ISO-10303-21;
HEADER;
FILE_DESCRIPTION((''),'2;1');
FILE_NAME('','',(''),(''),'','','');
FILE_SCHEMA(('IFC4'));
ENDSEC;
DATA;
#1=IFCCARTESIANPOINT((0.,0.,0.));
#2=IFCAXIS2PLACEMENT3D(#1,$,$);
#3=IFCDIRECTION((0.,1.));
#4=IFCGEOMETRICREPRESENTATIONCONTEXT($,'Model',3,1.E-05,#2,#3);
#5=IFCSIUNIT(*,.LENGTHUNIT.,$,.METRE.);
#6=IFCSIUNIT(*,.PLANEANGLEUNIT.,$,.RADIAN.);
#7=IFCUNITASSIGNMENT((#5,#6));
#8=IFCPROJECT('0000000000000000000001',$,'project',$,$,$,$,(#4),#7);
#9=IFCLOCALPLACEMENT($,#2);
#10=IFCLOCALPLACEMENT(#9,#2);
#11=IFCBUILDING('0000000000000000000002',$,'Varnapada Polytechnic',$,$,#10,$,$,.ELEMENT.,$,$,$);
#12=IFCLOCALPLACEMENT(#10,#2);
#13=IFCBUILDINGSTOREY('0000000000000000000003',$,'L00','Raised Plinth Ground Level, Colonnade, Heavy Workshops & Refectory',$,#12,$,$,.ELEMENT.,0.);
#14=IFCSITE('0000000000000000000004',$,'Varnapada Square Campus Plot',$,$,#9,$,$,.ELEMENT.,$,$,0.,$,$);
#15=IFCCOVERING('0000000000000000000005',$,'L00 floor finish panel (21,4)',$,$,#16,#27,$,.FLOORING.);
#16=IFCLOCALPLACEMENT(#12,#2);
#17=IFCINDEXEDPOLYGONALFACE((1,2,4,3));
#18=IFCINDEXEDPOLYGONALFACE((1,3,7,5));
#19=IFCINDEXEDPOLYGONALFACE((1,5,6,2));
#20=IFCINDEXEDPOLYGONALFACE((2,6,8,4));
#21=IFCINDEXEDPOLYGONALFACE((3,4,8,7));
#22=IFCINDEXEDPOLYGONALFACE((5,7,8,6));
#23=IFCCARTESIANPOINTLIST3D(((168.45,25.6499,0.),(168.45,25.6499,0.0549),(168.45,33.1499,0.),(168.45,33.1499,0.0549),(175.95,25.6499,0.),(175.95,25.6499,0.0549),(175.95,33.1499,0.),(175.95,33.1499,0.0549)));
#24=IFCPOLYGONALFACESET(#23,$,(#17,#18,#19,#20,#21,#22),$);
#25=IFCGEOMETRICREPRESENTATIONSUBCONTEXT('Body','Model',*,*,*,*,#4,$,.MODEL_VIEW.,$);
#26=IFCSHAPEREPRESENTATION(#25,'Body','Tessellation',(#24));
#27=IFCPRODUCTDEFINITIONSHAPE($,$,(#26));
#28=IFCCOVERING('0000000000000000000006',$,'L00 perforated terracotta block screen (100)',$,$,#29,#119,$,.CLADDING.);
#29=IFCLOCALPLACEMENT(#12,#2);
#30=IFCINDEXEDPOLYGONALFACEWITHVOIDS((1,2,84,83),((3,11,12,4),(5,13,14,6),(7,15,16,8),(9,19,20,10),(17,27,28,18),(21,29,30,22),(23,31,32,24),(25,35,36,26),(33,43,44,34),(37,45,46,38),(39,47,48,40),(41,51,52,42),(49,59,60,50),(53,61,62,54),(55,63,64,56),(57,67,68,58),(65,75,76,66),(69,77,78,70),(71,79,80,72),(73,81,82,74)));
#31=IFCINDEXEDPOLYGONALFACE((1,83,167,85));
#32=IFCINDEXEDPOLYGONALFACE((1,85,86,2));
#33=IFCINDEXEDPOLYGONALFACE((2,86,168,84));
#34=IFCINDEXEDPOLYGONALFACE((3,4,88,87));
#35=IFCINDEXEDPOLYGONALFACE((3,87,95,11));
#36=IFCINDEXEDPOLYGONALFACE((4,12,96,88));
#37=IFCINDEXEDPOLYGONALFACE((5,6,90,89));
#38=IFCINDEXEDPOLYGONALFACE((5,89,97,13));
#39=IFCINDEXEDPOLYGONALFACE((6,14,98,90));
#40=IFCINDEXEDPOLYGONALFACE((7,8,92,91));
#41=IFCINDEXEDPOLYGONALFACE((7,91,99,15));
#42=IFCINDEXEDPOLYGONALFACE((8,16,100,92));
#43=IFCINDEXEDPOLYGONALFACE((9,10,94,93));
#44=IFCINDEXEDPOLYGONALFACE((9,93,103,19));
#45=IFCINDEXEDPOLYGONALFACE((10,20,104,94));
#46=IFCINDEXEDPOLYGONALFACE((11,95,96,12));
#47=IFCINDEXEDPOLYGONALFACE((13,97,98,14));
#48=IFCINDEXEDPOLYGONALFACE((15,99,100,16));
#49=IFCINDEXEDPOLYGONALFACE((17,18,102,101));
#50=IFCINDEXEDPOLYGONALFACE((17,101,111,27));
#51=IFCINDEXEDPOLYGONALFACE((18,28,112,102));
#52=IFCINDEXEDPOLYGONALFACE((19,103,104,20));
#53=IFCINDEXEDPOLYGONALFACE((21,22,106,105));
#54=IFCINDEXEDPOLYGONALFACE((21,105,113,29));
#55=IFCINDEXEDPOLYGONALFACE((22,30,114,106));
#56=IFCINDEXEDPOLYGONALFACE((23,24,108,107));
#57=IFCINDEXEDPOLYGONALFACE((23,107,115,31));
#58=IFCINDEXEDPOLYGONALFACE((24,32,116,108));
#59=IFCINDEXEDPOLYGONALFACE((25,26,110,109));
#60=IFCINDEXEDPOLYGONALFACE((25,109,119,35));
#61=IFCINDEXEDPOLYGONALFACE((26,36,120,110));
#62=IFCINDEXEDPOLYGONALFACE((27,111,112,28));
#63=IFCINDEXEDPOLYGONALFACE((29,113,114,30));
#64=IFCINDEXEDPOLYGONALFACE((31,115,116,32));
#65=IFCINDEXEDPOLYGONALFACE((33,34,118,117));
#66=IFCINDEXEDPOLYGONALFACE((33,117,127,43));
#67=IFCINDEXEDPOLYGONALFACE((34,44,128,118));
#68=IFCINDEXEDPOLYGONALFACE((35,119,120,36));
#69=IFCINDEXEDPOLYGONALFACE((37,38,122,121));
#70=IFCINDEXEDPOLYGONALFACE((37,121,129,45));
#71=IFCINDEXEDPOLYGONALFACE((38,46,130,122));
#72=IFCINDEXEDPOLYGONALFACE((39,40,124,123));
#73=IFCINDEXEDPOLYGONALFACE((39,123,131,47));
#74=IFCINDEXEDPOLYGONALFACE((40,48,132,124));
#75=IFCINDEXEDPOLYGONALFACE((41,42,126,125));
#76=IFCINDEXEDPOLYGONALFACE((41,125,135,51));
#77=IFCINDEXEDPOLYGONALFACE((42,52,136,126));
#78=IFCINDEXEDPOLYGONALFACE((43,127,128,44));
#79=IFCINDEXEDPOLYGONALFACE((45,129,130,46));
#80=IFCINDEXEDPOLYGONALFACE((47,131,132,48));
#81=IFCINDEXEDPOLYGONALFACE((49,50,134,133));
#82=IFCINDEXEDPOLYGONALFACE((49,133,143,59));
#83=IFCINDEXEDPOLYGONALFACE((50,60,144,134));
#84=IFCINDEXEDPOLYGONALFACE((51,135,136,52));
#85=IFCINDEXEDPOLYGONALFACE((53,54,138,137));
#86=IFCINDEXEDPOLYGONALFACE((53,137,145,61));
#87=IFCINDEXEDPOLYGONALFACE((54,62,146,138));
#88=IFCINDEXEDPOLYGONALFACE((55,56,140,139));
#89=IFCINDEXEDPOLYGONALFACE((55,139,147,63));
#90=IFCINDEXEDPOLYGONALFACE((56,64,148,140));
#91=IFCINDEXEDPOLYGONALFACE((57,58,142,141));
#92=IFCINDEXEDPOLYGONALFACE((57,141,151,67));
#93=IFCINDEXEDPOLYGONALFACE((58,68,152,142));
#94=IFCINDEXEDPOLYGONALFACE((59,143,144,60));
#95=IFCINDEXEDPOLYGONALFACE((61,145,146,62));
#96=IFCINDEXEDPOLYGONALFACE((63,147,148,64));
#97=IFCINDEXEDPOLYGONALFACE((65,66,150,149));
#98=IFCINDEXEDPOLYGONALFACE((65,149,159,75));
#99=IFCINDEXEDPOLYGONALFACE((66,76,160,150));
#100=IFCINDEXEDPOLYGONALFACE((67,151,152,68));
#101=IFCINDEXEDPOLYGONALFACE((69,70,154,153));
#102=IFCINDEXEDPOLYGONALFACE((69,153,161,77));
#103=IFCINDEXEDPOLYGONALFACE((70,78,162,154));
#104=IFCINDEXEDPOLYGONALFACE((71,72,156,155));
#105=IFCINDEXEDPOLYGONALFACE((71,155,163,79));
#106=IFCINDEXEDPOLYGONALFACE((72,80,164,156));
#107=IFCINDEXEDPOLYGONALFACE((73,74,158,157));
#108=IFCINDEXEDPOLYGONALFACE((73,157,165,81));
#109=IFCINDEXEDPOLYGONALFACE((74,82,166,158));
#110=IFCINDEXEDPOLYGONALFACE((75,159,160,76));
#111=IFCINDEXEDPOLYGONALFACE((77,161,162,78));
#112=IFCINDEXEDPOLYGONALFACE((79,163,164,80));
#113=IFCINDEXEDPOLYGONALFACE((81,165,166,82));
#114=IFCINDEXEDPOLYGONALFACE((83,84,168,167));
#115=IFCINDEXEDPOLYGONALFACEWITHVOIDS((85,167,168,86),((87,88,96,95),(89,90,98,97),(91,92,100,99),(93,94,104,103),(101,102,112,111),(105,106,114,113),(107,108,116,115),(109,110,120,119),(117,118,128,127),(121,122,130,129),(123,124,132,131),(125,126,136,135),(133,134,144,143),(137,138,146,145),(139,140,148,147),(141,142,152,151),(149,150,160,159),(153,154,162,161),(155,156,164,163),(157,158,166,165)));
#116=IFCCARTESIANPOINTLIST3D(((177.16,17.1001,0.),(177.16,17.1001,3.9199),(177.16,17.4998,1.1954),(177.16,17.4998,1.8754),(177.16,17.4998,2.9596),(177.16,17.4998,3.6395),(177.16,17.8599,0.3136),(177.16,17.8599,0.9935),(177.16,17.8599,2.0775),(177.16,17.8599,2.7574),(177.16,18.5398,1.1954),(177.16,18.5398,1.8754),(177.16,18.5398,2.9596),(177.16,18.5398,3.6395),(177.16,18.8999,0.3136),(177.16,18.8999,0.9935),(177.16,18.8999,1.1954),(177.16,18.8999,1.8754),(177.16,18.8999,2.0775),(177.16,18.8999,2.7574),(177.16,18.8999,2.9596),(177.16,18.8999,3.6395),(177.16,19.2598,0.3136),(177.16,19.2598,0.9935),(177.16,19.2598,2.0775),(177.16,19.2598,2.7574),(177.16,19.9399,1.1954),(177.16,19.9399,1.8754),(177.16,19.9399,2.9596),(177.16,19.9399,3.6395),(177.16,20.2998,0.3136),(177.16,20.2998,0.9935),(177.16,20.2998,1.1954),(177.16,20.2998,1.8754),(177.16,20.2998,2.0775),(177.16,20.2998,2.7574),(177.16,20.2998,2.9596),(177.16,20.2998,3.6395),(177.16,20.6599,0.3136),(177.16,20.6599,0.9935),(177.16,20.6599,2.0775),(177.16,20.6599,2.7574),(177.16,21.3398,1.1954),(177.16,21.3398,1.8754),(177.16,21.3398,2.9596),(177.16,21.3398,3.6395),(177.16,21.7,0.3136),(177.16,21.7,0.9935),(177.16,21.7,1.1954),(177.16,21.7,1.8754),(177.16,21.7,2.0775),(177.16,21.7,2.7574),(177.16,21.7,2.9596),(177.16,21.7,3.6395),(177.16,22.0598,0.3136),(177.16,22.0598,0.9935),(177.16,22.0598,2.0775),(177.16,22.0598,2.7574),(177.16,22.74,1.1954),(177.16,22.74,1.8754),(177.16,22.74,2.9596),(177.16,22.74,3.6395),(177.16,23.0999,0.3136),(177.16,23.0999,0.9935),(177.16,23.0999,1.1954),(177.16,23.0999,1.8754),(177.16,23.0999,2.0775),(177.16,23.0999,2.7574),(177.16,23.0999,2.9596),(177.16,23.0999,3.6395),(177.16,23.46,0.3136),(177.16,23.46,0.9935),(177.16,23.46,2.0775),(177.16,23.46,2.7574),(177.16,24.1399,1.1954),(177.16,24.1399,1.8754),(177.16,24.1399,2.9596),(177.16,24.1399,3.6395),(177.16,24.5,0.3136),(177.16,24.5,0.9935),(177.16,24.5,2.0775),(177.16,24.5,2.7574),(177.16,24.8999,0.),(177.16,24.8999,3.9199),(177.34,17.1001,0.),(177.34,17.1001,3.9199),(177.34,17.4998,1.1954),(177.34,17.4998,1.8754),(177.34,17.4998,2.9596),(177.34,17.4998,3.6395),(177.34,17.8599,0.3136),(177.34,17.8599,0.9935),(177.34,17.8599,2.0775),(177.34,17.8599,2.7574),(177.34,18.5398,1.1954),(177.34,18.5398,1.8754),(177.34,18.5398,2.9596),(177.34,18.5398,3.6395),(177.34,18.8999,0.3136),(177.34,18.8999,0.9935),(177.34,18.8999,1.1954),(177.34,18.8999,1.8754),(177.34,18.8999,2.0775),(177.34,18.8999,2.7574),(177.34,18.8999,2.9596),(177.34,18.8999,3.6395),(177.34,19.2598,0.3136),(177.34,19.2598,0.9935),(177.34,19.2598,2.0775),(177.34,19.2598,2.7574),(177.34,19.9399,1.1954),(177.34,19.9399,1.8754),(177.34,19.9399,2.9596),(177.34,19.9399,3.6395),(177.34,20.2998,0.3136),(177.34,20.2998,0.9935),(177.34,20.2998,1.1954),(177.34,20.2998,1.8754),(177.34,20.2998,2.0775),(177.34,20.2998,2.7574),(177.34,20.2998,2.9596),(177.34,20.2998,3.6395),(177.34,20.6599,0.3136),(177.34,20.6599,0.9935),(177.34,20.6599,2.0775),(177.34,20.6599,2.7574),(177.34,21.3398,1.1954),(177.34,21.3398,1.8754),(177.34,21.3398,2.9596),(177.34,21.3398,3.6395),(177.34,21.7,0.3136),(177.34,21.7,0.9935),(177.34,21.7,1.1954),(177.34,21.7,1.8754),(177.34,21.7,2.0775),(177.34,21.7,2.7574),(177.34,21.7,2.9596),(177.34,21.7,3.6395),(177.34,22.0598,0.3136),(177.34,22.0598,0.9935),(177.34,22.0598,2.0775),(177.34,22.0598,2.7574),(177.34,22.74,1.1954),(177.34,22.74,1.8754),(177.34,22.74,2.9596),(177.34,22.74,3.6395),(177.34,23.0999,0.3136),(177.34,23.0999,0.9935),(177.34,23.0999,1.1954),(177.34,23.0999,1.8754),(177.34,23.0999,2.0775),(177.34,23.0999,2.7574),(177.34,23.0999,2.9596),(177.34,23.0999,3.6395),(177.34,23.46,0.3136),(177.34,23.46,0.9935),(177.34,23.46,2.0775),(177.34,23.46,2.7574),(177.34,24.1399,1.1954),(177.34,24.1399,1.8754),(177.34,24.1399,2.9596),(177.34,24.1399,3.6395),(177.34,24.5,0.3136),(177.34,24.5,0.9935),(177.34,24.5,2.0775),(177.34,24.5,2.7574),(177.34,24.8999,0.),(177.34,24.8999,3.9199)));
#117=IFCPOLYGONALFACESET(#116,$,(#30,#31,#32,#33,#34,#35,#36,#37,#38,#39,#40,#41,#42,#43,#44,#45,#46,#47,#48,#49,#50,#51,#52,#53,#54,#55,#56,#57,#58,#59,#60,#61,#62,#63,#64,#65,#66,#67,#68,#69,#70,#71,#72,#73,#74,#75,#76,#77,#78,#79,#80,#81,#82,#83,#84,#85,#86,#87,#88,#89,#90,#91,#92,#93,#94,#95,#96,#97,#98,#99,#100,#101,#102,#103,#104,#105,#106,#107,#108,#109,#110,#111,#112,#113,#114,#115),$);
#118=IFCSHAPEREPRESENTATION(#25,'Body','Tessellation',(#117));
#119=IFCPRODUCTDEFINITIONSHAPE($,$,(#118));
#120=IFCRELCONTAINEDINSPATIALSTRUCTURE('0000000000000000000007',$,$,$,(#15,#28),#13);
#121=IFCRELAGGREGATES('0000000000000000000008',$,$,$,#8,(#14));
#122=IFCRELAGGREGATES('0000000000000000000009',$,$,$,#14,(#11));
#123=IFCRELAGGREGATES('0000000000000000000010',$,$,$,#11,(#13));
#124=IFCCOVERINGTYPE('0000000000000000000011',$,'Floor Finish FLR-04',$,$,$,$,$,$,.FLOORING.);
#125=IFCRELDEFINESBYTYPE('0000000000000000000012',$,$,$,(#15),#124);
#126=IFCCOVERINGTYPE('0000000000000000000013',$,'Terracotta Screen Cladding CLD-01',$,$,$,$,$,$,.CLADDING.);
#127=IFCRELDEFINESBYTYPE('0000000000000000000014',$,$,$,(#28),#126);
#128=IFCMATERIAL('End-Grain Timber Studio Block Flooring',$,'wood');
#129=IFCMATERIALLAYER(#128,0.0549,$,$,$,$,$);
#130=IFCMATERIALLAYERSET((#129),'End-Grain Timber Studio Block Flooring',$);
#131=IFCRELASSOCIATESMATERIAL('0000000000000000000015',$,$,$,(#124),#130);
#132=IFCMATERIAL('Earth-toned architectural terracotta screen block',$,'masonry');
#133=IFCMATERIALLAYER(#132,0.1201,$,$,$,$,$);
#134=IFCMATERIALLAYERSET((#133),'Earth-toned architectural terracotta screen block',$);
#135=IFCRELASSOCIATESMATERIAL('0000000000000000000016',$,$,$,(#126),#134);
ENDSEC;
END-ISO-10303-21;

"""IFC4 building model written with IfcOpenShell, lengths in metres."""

from ifc_helpers import new_model, si_unit, direction, frame, frame_2d, origin, origin_2d, place, context, subcontext, project, spatial, rectangle, extrude, material, layer, layer_set, type_object, element, save


model = new_model("IFC4")

# Units and contexts
model_context = context("Model", 3, precision=1e-05, world=origin(), true_north=direction((0.0, 1.0)))
body_context = subcontext(model_context, "Body", "Model", "MODEL_VIEW")
ifc_project = project(units=[si_unit("LENGTHUNIT", "METRE"), si_unit("PLANEANGLEUNIT", "RADIAN")], contexts=[model_context])

# Site, building, storey
site_placement = place(None, origin())
site = spatial("IfcSite", under=ifc_project, at=site_placement, Name="Varnapada Square Campus Plot", CompositionType="ELEMENT", RefElevation=0.0)
building_placement = place(site_placement, origin())
building = spatial("IfcBuilding", under=site, at=building_placement, Name="Varnapada Polytechnic", CompositionType="ELEMENT")
storey_placement = place(building_placement, origin())
storey = spatial("IfcBuildingStorey", under=building, at=storey_placement, Name="L00", Description="Raised Plinth Ground Level, Colonnade, Heavy Workshops & Refectory", CompositionType="ELEMENT", Elevation=0.0)

# Covering
ifc_material_1 = material(Name="End-Grain Timber Studio Block Flooring", Category="wood")
ifc_layer_1 = layer(ifc_material_1, 0.0549)
ifc_layer_set_1 = layer_set([ifc_layer_1], Name="End-Grain Timber Studio Block Flooring")
covering_type_1 = type_object("IfcCoveringType", Name="Floor Finish FLR-04", PredefinedType="FLOORING", material=ifc_layer_set_1)
covering_1_placement = place(storey_placement, frame((172.2, 29.3999, 0.0), z_axis=(0.0, 0.0, 1.0), x_axis=(1.0, 0.0, 0.0)))
element("IfcCovering", 1, at=covering_1_placement, inside=storey, type_object=covering_type_1, Name="L00 floor finish panel (21,4)", PredefinedType="FLOORING", context=body_context, shape_type="SweptSolid", body=[
    extrude(rectangle(XDim=7.5, YDim=7.5, at=origin_2d()), origin(), (0.0, 0.0, 1.0), 0.0549),
])

# Covering, openings
ifc_material_2 = material(Name="Earth-toned architectural terracotta screen block", Category="masonry")
ifc_layer_2 = layer(ifc_material_2, 0.1201)
ifc_layer_set_2 = layer_set([ifc_layer_2], Name="Earth-toned architectural terracotta screen block")
covering_type_2 = type_object("IfcCoveringType", Name="Terracotta Screen Cladding CLD-01", PredefinedType="CLADDING", material=ifc_layer_set_2)
covering_2_placement = place(storey_placement, frame((177.25, 24.8999, 0.0), z_axis=(0.0, 0.0, 1.0), x_axis=(0.0, -1.0, 0.0)))
covering_2 = element("IfcCovering", 2, at=covering_2_placement, inside=storey, type_object=covering_type_2, Name="L00 perforated terracotta block screen (100)", PredefinedType="CLADDING", context=body_context, shape_type="SweptSolid", body=[
    extrude(rectangle(XDim=7.7998, YDim=0.1799, at=frame_2d((3.8999, 0.0))), origin(), (0.0, 0.0, 1.0), 3.9199),
])
opening_1_placement = place(covering_2_placement, frame((0.3999, 0.0, 0.3137)))
element("IfcOpeningElement", 3, at=opening_1_placement, cuts=covering_2, PredefinedType="OPENING", context=body_context, shape_type="SweptSolid", body=[
    extrude(rectangle(XDim=1.04, YDim=0.6799, at=frame_2d((0.52, 0.3398))), frame((0.0, 0.0999, 0.0), z_axis=(0.0, -1.0, 0.0), x_axis=(1.0, 0.0, 0.0)), (0.0, 0.0, 1.0), 0.2),
])
opening_2_placement = place(covering_2_placement, frame((1.8, 0.0, 0.3137)))
element("IfcOpeningElement", 4, at=opening_2_placement, cuts=covering_2, PredefinedType="OPENING", context=body_context, shape_type="SweptSolid", body=[
    extrude(rectangle(XDim=1.04, YDim=0.6799, at=frame_2d((0.52, 0.3398))), frame((0.0, 0.0999, 0.0), z_axis=(0.0, -1.0, 0.0), x_axis=(1.0, 0.0, 0.0)), (0.0, 0.0, 1.0), 0.2),
])
opening_3_placement = place(covering_2_placement, frame((3.2, 0.0, 0.3137)))
element("IfcOpeningElement", 5, at=opening_3_placement, cuts=covering_2, PredefinedType="OPENING", context=body_context, shape_type="SweptSolid", body=[
    extrude(rectangle(XDim=1.04, YDim=0.6799, at=frame_2d((0.52, 0.3398))), frame((0.0, 0.0999, 0.0), z_axis=(0.0, -1.0, 0.0), x_axis=(1.0, 0.0, 0.0)), (0.0, 0.0, 1.0), 0.2),
])
opening_4_placement = place(covering_2_placement, frame((4.6001, 0.0, 0.3137)))
element("IfcOpeningElement", 6, at=opening_4_placement, cuts=covering_2, PredefinedType="OPENING", context=body_context, shape_type="SweptSolid", body=[
    extrude(rectangle(XDim=1.04, YDim=0.6799, at=frame_2d((0.52, 0.3398))), frame((0.0, 0.0999, 0.0), z_axis=(0.0, -1.0, 0.0), x_axis=(1.0, 0.0, 0.0)), (0.0, 0.0, 1.0), 0.2),
])
opening_5_placement = place(covering_2_placement, frame((6.0, 0.0, 0.3137)))
element("IfcOpeningElement", 7, at=opening_5_placement, cuts=covering_2, PredefinedType="OPENING", context=body_context, shape_type="SweptSolid", body=[
    extrude(rectangle(XDim=1.04, YDim=0.6799, at=frame_2d((0.52, 0.3398))), frame((0.0, 0.0999, 0.0), z_axis=(0.0, -1.0, 0.0), x_axis=(1.0, 0.0, 0.0)), (0.0, 0.0, 1.0), 0.2),
])
opening_6_placement = place(covering_2_placement, frame((0.76, 0.0, 1.1956)))
element("IfcOpeningElement", 8, at=opening_6_placement, cuts=covering_2, PredefinedType="OPENING", context=body_context, shape_type="SweptSolid", body=[
    extrude(rectangle(XDim=1.04, YDim=0.6799, at=frame_2d((0.52, 0.3398))), frame((0.0, 0.0999, 0.0), z_axis=(0.0, -1.0, 0.0), x_axis=(1.0, 0.0, 0.0)), (0.0, 0.0, 1.0), 0.2),
])
opening_7_placement = place(covering_2_placement, frame((2.1599, 0.0, 1.1956)))
element("IfcOpeningElement", 9, at=opening_7_placement, cuts=covering_2, PredefinedType="OPENING", context=body_context, shape_type="SweptSolid", body=[
    extrude(rectangle(XDim=1.04, YDim=0.6799, at=frame_2d((0.52, 0.3398))), frame((0.0, 0.0999, 0.0), z_axis=(0.0, -1.0, 0.0), x_axis=(1.0, 0.0, 0.0)), (0.0, 0.0, 1.0), 0.2),
])
opening_8_placement = place(covering_2_placement, frame((3.5601, 0.0, 1.1956)))
element("IfcOpeningElement", 10, at=opening_8_placement, cuts=covering_2, PredefinedType="OPENING", context=body_context, shape_type="SweptSolid", body=[
    extrude(rectangle(XDim=1.04, YDim=0.6799, at=frame_2d((0.52, 0.3398))), frame((0.0, 0.0999, 0.0), z_axis=(0.0, -1.0, 0.0), x_axis=(1.0, 0.0, 0.0)), (0.0, 0.0, 1.0), 0.2),
])
opening_9_placement = place(covering_2_placement, frame((4.96, 0.0, 1.1956)))
element("IfcOpeningElement", 11, at=opening_9_placement, cuts=covering_2, PredefinedType="OPENING", context=body_context, shape_type="SweptSolid", body=[
    extrude(rectangle(XDim=1.04, YDim=0.6799, at=frame_2d((0.52, 0.3398))), frame((0.0, 0.0999, 0.0), z_axis=(0.0, -1.0, 0.0), x_axis=(1.0, 0.0, 0.0)), (0.0, 0.0, 1.0), 0.2),
])
opening_10_placement = place(covering_2_placement, frame((6.3601, 0.0, 1.1956)))
element("IfcOpeningElement", 12, at=opening_10_placement, cuts=covering_2, PredefinedType="OPENING", context=body_context, shape_type="SweptSolid", body=[
    extrude(rectangle(XDim=1.04, YDim=0.6799, at=frame_2d((0.52, 0.3398))), frame((0.0, 0.0999, 0.0), z_axis=(0.0, -1.0, 0.0), x_axis=(1.0, 0.0, 0.0)), (0.0, 0.0, 1.0), 0.2),
])
opening_11_placement = place(covering_2_placement, frame((0.3999, 0.0, 2.0776)))
element("IfcOpeningElement", 13, at=opening_11_placement, cuts=covering_2, PredefinedType="OPENING", context=body_context, shape_type="SweptSolid", body=[
    extrude(rectangle(XDim=1.04, YDim=0.6799, at=frame_2d((0.52, 0.3398))), frame((0.0, 0.0999, 0.0), z_axis=(0.0, -1.0, 0.0), x_axis=(1.0, 0.0, 0.0)), (0.0, 0.0, 1.0), 0.2),
])
opening_12_placement = place(covering_2_placement, frame((1.8, 0.0, 2.0776)))
element("IfcOpeningElement", 14, at=opening_12_placement, cuts=covering_2, PredefinedType="OPENING", context=body_context, shape_type="SweptSolid", body=[
    extrude(rectangle(XDim=1.04, YDim=0.6799, at=frame_2d((0.52, 0.3398))), frame((0.0, 0.0999, 0.0), z_axis=(0.0, -1.0, 0.0), x_axis=(1.0, 0.0, 0.0)), (0.0, 0.0, 1.0), 0.2),
])
opening_13_placement = place(covering_2_placement, frame((3.2, 0.0, 2.0776)))
element("IfcOpeningElement", 15, at=opening_13_placement, cuts=covering_2, PredefinedType="OPENING", context=body_context, shape_type="SweptSolid", body=[
    extrude(rectangle(XDim=1.04, YDim=0.6799, at=frame_2d((0.52, 0.3398))), frame((0.0, 0.0999, 0.0), z_axis=(0.0, -1.0, 0.0), x_axis=(1.0, 0.0, 0.0)), (0.0, 0.0, 1.0), 0.2),
])
opening_14_placement = place(covering_2_placement, frame((4.6001, 0.0, 2.0776)))
element("IfcOpeningElement", 16, at=opening_14_placement, cuts=covering_2, PredefinedType="OPENING", context=body_context, shape_type="SweptSolid", body=[
    extrude(rectangle(XDim=1.04, YDim=0.6799, at=frame_2d((0.52, 0.3398))), frame((0.0, 0.0999, 0.0), z_axis=(0.0, -1.0, 0.0), x_axis=(1.0, 0.0, 0.0)), (0.0, 0.0, 1.0), 0.2),
])
opening_15_placement = place(covering_2_placement, frame((6.0, 0.0, 2.0776)))
element("IfcOpeningElement", 17, at=opening_15_placement, cuts=covering_2, PredefinedType="OPENING", context=body_context, shape_type="SweptSolid", body=[
    extrude(rectangle(XDim=1.04, YDim=0.6799, at=frame_2d((0.52, 0.3398))), frame((0.0, 0.0999, 0.0), z_axis=(0.0, -1.0, 0.0), x_axis=(1.0, 0.0, 0.0)), (0.0, 0.0, 1.0), 0.2),
])
opening_16_placement = place(covering_2_placement, frame((0.76, 0.0, 2.9597)))
element("IfcOpeningElement", 18, at=opening_16_placement, cuts=covering_2, PredefinedType="OPENING", context=body_context, shape_type="SweptSolid", body=[
    extrude(rectangle(XDim=1.04, YDim=0.6799, at=frame_2d((0.52, 0.3398))), frame((0.0, 0.0999, 0.0), z_axis=(0.0, -1.0, 0.0), x_axis=(1.0, 0.0, 0.0)), (0.0, 0.0, 1.0), 0.2),
])
opening_17_placement = place(covering_2_placement, frame((2.1599, 0.0, 2.9597)))
element("IfcOpeningElement", 19, at=opening_17_placement, cuts=covering_2, PredefinedType="OPENING", context=body_context, shape_type="SweptSolid", body=[
    extrude(rectangle(XDim=1.04, YDim=0.6799, at=frame_2d((0.52, 0.3398))), frame((0.0, 0.0999, 0.0), z_axis=(0.0, -1.0, 0.0), x_axis=(1.0, 0.0, 0.0)), (0.0, 0.0, 1.0), 0.2),
])
opening_18_placement = place(covering_2_placement, frame((3.5601, 0.0, 2.9597)))
element("IfcOpeningElement", 20, at=opening_18_placement, cuts=covering_2, PredefinedType="OPENING", context=body_context, shape_type="SweptSolid", body=[
    extrude(rectangle(XDim=1.04, YDim=0.6799, at=frame_2d((0.52, 0.3398))), frame((0.0, 0.0999, 0.0), z_axis=(0.0, -1.0, 0.0), x_axis=(1.0, 0.0, 0.0)), (0.0, 0.0, 1.0), 0.2),
])
opening_19_placement = place(covering_2_placement, frame((4.96, 0.0, 2.9597)))
element("IfcOpeningElement", 21, at=opening_19_placement, cuts=covering_2, PredefinedType="OPENING", context=body_context, shape_type="SweptSolid", body=[
    extrude(rectangle(XDim=1.04, YDim=0.6799, at=frame_2d((0.52, 0.3398))), frame((0.0, 0.0999, 0.0), z_axis=(0.0, -1.0, 0.0), x_axis=(1.0, 0.0, 0.0)), (0.0, 0.0, 1.0), 0.2),
])
opening_20_placement = place(covering_2_placement, frame((6.3601, 0.0, 2.9597)))
element("IfcOpeningElement", 22, at=opening_20_placement, cuts=covering_2, PredefinedType="OPENING", context=body_context, shape_type="SweptSolid", body=[
    extrude(rectangle(XDim=1.04, YDim=0.6799, at=frame_2d((0.52, 0.3398))), frame((0.0, 0.0999, 0.0), z_axis=(0.0, -1.0, 0.0), x_axis=(1.0, 0.0, 0.0)), (0.0, 0.0, 1.0), 0.2),
])

save(model, "model.ifc")
